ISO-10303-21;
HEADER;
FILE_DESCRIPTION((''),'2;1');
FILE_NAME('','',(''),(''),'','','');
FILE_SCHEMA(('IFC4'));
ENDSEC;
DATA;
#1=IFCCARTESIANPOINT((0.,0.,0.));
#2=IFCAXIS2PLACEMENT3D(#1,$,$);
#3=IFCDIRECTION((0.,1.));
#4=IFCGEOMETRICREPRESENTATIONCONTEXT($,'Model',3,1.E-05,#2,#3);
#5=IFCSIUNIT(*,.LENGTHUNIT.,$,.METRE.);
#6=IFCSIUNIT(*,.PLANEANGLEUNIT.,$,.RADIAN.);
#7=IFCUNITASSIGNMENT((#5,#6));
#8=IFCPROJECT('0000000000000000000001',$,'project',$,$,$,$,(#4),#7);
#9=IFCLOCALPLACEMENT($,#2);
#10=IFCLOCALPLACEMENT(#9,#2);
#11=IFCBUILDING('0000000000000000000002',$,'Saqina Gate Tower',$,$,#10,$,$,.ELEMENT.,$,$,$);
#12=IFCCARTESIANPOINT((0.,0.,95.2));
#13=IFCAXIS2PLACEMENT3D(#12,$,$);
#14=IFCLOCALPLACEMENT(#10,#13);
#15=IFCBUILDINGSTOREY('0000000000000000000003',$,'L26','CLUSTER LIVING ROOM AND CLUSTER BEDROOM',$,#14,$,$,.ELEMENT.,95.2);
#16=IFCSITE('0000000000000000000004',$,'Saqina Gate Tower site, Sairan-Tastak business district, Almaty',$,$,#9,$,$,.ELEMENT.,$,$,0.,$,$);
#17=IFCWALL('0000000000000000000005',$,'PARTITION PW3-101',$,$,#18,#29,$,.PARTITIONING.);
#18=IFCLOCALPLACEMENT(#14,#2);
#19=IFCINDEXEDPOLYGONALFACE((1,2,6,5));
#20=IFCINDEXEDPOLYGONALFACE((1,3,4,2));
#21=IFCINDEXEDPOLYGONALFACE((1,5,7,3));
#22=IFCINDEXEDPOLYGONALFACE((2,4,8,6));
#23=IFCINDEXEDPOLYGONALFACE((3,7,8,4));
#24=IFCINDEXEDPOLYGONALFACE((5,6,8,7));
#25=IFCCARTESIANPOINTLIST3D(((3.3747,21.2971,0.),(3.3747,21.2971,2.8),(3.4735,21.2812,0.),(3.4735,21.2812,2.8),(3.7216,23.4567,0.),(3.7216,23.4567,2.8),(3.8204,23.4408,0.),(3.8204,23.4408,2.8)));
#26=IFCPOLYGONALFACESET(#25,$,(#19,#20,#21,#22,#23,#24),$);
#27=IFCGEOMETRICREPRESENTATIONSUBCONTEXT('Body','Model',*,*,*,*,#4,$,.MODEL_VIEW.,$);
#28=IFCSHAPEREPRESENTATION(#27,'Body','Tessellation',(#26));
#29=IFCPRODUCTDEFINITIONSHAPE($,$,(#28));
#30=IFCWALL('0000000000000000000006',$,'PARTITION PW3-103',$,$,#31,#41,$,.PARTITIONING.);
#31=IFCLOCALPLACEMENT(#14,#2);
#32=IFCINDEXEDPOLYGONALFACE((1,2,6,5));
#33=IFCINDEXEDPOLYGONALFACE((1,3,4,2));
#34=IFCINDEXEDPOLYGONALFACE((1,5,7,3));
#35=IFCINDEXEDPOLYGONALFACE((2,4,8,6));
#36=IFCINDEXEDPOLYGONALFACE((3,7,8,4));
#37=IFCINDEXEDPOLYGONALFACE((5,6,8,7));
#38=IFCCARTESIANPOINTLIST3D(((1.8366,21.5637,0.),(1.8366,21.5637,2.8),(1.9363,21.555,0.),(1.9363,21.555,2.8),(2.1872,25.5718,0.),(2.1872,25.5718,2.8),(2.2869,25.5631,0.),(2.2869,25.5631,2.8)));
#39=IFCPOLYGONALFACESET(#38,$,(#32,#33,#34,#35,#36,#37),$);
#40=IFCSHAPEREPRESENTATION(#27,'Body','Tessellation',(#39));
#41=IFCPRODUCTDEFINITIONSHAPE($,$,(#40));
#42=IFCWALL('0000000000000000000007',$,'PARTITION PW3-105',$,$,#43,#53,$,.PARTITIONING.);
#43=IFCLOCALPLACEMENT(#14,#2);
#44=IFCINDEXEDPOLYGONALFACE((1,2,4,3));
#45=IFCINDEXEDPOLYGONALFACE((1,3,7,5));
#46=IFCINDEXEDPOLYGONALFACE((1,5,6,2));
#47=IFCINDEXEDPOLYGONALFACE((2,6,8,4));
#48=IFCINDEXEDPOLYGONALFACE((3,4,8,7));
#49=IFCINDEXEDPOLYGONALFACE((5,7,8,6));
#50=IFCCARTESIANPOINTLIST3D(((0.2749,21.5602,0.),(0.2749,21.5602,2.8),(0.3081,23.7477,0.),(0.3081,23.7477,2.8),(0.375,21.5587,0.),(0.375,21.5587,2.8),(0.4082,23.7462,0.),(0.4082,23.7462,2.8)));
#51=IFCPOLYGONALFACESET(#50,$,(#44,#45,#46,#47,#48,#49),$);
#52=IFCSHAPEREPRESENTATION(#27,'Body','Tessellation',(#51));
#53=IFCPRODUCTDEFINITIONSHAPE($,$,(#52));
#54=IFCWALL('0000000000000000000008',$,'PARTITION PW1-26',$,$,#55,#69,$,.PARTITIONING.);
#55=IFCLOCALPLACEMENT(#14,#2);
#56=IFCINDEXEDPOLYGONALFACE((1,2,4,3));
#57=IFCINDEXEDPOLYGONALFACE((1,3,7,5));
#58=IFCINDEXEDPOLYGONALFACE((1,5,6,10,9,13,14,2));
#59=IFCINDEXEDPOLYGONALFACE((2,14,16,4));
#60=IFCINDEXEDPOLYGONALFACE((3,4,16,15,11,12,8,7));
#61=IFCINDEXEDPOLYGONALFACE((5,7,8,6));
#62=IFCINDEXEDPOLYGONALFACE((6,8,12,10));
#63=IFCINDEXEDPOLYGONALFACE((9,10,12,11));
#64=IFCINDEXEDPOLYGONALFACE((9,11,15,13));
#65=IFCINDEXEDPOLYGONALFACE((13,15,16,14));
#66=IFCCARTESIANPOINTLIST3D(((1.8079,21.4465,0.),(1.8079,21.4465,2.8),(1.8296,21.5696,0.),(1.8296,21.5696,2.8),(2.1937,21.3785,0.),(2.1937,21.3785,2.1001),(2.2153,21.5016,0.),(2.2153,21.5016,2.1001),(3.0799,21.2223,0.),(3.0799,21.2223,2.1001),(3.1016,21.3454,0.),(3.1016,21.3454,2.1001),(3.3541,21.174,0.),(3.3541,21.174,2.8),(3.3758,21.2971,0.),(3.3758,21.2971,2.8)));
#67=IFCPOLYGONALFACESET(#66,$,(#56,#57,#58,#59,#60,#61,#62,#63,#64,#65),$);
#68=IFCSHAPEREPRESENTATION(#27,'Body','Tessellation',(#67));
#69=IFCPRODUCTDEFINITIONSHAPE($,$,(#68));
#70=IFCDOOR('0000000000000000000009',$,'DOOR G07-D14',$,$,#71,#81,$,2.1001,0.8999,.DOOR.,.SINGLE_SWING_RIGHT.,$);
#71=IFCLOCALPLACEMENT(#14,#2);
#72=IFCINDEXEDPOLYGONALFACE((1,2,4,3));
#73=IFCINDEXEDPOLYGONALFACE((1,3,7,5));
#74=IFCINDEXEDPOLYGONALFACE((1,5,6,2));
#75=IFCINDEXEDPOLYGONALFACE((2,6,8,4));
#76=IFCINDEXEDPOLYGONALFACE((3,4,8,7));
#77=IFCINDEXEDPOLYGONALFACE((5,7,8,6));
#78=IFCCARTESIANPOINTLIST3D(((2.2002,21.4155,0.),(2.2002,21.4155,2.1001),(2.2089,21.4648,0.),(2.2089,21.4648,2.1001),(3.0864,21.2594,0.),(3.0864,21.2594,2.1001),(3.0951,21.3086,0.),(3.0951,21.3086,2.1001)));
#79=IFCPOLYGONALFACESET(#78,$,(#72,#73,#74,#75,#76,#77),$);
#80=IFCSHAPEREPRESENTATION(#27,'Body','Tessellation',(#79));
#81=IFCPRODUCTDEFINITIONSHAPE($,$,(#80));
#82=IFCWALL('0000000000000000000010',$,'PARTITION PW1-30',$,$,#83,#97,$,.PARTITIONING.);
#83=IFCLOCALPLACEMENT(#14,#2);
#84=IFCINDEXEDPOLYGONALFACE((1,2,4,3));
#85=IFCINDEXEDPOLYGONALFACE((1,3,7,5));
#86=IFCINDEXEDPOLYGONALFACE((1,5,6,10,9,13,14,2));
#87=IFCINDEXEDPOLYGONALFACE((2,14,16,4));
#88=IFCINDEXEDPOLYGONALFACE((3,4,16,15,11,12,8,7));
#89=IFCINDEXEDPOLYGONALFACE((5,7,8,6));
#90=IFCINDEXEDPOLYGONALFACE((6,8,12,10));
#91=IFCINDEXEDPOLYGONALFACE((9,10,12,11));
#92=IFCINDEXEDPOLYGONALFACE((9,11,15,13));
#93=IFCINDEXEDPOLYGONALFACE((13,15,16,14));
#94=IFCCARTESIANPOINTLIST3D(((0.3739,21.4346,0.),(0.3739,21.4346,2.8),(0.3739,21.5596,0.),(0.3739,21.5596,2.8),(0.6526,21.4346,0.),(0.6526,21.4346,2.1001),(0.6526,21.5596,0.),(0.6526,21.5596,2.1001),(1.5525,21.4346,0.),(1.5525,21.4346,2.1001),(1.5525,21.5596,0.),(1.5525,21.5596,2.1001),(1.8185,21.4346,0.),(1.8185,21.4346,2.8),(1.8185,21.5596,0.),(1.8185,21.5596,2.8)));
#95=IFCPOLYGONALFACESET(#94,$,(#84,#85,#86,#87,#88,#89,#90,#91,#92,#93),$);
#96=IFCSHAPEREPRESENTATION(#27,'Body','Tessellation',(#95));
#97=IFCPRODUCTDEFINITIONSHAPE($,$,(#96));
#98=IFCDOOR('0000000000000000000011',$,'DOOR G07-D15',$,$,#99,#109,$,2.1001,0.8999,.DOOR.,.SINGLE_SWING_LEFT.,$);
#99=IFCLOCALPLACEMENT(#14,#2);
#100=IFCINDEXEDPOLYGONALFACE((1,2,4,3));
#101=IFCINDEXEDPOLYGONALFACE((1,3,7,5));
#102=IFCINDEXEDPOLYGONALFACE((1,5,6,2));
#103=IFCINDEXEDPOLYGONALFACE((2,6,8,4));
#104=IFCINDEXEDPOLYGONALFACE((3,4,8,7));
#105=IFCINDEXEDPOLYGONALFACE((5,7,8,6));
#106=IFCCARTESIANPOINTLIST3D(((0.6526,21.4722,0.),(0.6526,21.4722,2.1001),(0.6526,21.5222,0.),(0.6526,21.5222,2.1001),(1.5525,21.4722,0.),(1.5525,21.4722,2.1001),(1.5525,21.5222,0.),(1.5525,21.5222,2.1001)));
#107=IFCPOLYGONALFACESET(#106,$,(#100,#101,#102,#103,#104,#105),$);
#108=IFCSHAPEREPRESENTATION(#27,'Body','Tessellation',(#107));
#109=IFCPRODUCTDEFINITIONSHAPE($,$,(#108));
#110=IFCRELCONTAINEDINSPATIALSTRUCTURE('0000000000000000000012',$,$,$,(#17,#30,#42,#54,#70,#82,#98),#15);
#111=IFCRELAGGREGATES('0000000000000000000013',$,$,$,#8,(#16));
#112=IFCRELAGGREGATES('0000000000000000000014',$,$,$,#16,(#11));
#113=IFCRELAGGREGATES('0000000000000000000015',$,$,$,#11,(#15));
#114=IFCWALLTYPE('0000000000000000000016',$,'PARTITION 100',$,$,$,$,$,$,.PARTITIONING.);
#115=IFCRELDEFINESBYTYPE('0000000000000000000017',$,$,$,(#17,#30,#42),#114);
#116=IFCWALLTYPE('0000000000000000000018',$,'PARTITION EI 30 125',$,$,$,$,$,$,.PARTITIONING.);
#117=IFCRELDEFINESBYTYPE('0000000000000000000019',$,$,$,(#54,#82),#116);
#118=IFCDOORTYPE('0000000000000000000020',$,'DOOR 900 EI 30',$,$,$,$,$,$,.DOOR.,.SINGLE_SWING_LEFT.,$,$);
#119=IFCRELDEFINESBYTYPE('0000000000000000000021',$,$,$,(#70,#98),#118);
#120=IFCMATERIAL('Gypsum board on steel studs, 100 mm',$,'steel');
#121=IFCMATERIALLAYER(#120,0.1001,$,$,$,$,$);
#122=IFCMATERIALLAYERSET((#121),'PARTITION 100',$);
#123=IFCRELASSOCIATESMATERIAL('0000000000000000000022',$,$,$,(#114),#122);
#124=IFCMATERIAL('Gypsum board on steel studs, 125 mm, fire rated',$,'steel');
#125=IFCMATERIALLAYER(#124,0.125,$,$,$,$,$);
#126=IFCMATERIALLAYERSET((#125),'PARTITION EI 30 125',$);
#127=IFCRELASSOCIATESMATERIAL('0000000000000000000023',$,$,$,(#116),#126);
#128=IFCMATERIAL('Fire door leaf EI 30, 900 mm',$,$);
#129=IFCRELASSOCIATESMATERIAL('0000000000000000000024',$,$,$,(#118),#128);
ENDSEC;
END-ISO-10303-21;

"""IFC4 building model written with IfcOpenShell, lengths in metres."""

from ifc_helpers import new_model, si_unit, direction, frame, frame_2d, origin, place, context, subcontext, project, spatial, rectangle, extrude, material, layer, layer_set, type_object, element, fill, save


model = new_model("IFC4")

# Units and contexts
model_context = context("Model", 3, precision=1e-05, world=origin(), true_north=direction((0.0, 1.0)))
body_context = subcontext(model_context, "Body", "Model", "MODEL_VIEW")
ifc_project = project(units=[si_unit("LENGTHUNIT", "METRE"), si_unit("PLANEANGLEUNIT", "RADIAN")], contexts=[model_context])

# Site, building, storey
site_placement = place(None, origin())
site = spatial("IfcSite", under=ifc_project, at=site_placement, Name="Saqina Gate Tower site, Sairan-Tastak business district, Almaty", CompositionType="ELEMENT", RefElevation=0.0)
building_placement = place(site_placement, origin())
building = spatial("IfcBuilding", under=site, at=building_placement, Name="Saqina Gate Tower", CompositionType="ELEMENT")
storey_placement = place(building_placement, frame((0.0, 0.0, 95.2)))
storey = spatial("IfcBuildingStorey", under=building, at=storey_placement, Name="L26", Description="CLUSTER LIVING ROOM AND CLUSTER BEDROOM", CompositionType="ELEMENT", Elevation=95.2)

# Shared definitions
ifc_material_1 = material(Name="Gypsum board on steel studs, 100 mm", Category="steel")
ifc_layer_1 = layer(ifc_material_1, 0.1001)
ifc_layer_set_1 = layer_set([ifc_layer_1], Name="PARTITION 100")
wall_type_1 = type_object("IfcWallType", Name="PARTITION 100", PredefinedType="PARTITIONING", material=ifc_layer_set_1)

# Walls
wall_1_placement = place(storey_placement, frame((3.4241, 21.2891, 0.0), z_axis=(0.0, 0.0, 1.0), x_axis=(0.158604, 0.987342, 0.0)))
element("IfcWall", 1, at=wall_1_placement, inside=storey, type_object=wall_type_1, Name="PARTITION PW3-101", PredefinedType="PARTITIONING", context=body_context, shape_type="SweptSolid", body=[
    extrude(rectangle(XDim=2.1873, YDim=0.1001, at=frame_2d((1.0938, 0.0))), origin(), (0.0, 0.0, 1.0), 2.8),
])
wall_2_placement = place(storey_placement, frame((1.8865, 21.5593, 0.0), z_axis=(0.0, 0.0, 1.0), x_axis=(0.087138, 0.996196, 0.0)))
element("IfcWall", 2, at=wall_2_placement, inside=storey, type_object=wall_type_1, Name="PARTITION PW3-103", PredefinedType="PARTITIONING", context=body_context, shape_type="SweptSolid", body=[
    extrude(rectangle(XDim=4.0234, YDim=0.1001, at=frame_2d((2.0117, 0.0))), origin(), (0.0, 0.0, 1.0), 2.8),
])
wall_3_placement = place(storey_placement, frame((0.325, 21.5596, 0.0), z_axis=(0.0, 0.0, 1.0), x_axis=(0.015177, 0.999885, 0.0)))
element("IfcWall", 3, at=wall_3_placement, inside=storey, type_object=wall_type_1, Name="PARTITION PW3-105", PredefinedType="PARTITIONING", context=body_context, shape_type="SweptSolid", body=[
    extrude(rectangle(XDim=2.1877, YDim=0.1001, at=frame_2d((1.0938, 0.0))), origin(), (0.0, 0.0, 1.0), 2.8),
])

# Walls, openings, doors
ifc_material_2 = material(Name="Gypsum board on steel studs, 125 mm, fire rated", Category="steel")
ifc_layer_2 = layer(ifc_material_2, 0.125)
ifc_layer_set_2 = layer_set([ifc_layer_2], Name="PARTITION EI 30 125")
wall_type_2 = type_object("IfcWallType", Name="PARTITION EI 30 125", PredefinedType="PARTITIONING", material=ifc_layer_set_2)
wall_4_placement = place(storey_placement, frame((1.8186, 21.5081, 0.0), z_axis=(0.0, 0.0, 1.0), x_axis=(0.984826, -0.173546, 0.0)))
wall_4 = element("IfcWall", 4, at=wall_4_placement, inside=storey, type_object=wall_type_2, Name="PARTITION PW1-26", PredefinedType="PARTITIONING", context=body_context, shape_type="SweptSolid", body=[
    extrude(rectangle(XDim=1.5701, YDim=0.125, at=frame_2d((0.7852, 0.0))), origin(), (0.0, 0.0, 1.0), 2.8),
])
opening_1_placement = place(wall_4_placement, frame((0.3918, 0.0, 0.0)))
opening_1 = element("IfcOpeningElement", 5, at=opening_1_placement, cuts=wall_4, PredefinedType="OPENING", context=body_context, shape_type="SweptSolid", body=[
    extrude(rectangle(XDim=0.8999, YDim=2.1001, at=frame_2d((0.45, 1.05))), frame((0.0, 0.0745, 0.0), z_axis=(0.0, -1.0, 0.0), x_axis=(1.0, 0.0, 0.0)), (0.0, 0.0, 1.0), 0.1489),
])
ifc_material_3 = material(Name="Fire door leaf EI 30, 900 mm")
door_type_1 = type_object("IfcDoorType", Name="DOOR 900 EI 30", OperationType="SINGLE_SWING_LEFT", PredefinedType="DOOR", material=ifc_material_3)
door_1_placement = place(opening_1_placement, frame((0.8999, 0.0, 0.0), z_axis=(0.0, 0.0, 1.0), x_axis=(-1.0, 0.0, 0.0)))
door_1 = element("IfcDoor", 6, at=door_1_placement, inside=storey, type_object=door_type_1, Name="DOOR G07-D14", OperationType="SINGLE_SWING_RIGHT", OverallHeight=2.1001, OverallWidth=0.8999, PredefinedType="DOOR", context=body_context, shape_type="SweptSolid", body=[
    extrude(rectangle(XDim=0.8999, YDim=2.1001, at=frame_2d((0.45, 1.05))), frame((0.0, 0.0249, 0.0), z_axis=(0.0, -1.0, 0.0), x_axis=(1.0, 0.0, 0.0)), (0.0, 0.0, 1.0), 0.05),
])
fill(opening_1, door_1)
wall_5_placement = place(storey_placement, frame((0.374, 21.4971, 0.0), z_axis=(0.0, 0.0, 1.0), x_axis=(1.0, 0.0, 0.0)))
wall_5 = element("IfcWall", 7, at=wall_5_placement, inside=storey, type_object=wall_type_2, Name="PARTITION PW1-30", PredefinedType="PARTITIONING", context=body_context, shape_type="SweptSolid", body=[
    extrude(rectangle(XDim=1.4446, YDim=0.125, at=frame_2d((0.7222, 0.0))), origin(), (0.0, 0.0, 1.0), 2.8),
])
opening_2_placement = place(wall_5_placement, frame((0.2786, 0.0, 0.0)))
opening_2 = element("IfcOpeningElement", 8, at=opening_2_placement, cuts=wall_5, PredefinedType="OPENING", context=body_context, shape_type="SweptSolid", body=[
    extrude(rectangle(XDim=0.8999, YDim=2.1001, at=frame_2d((0.45, 1.05))), frame((0.0, 0.0745, 0.0), z_axis=(0.0, -1.0, 0.0), x_axis=(1.0, 0.0, 0.0)), (0.0, 0.0, 1.0), 0.1489),
])
door_2_placement = place(opening_2_placement, frame((0.8999, 0.0, 0.0), z_axis=(0.0, 0.0, 1.0), x_axis=(-1.0, 0.0, 0.0)))
door_2 = element("IfcDoor", 9, at=door_2_placement, inside=storey, type_object=door_type_1, Name="DOOR G07-D15", OperationType="SINGLE_SWING_LEFT", OverallHeight=2.1001, OverallWidth=0.8999, PredefinedType="DOOR", context=body_context, shape_type="SweptSolid", body=[
    extrude(rectangle(XDim=0.8999, YDim=2.1001, at=frame_2d((0.45, 1.05))), frame((0.0, 0.0249, 0.0), z_axis=(0.0, -1.0, 0.0), x_axis=(1.0, 0.0, 0.0)), (0.0, 0.0, 1.0), 0.05),
])
fill(opening_2, door_2)

save(model, "model.ifc")
